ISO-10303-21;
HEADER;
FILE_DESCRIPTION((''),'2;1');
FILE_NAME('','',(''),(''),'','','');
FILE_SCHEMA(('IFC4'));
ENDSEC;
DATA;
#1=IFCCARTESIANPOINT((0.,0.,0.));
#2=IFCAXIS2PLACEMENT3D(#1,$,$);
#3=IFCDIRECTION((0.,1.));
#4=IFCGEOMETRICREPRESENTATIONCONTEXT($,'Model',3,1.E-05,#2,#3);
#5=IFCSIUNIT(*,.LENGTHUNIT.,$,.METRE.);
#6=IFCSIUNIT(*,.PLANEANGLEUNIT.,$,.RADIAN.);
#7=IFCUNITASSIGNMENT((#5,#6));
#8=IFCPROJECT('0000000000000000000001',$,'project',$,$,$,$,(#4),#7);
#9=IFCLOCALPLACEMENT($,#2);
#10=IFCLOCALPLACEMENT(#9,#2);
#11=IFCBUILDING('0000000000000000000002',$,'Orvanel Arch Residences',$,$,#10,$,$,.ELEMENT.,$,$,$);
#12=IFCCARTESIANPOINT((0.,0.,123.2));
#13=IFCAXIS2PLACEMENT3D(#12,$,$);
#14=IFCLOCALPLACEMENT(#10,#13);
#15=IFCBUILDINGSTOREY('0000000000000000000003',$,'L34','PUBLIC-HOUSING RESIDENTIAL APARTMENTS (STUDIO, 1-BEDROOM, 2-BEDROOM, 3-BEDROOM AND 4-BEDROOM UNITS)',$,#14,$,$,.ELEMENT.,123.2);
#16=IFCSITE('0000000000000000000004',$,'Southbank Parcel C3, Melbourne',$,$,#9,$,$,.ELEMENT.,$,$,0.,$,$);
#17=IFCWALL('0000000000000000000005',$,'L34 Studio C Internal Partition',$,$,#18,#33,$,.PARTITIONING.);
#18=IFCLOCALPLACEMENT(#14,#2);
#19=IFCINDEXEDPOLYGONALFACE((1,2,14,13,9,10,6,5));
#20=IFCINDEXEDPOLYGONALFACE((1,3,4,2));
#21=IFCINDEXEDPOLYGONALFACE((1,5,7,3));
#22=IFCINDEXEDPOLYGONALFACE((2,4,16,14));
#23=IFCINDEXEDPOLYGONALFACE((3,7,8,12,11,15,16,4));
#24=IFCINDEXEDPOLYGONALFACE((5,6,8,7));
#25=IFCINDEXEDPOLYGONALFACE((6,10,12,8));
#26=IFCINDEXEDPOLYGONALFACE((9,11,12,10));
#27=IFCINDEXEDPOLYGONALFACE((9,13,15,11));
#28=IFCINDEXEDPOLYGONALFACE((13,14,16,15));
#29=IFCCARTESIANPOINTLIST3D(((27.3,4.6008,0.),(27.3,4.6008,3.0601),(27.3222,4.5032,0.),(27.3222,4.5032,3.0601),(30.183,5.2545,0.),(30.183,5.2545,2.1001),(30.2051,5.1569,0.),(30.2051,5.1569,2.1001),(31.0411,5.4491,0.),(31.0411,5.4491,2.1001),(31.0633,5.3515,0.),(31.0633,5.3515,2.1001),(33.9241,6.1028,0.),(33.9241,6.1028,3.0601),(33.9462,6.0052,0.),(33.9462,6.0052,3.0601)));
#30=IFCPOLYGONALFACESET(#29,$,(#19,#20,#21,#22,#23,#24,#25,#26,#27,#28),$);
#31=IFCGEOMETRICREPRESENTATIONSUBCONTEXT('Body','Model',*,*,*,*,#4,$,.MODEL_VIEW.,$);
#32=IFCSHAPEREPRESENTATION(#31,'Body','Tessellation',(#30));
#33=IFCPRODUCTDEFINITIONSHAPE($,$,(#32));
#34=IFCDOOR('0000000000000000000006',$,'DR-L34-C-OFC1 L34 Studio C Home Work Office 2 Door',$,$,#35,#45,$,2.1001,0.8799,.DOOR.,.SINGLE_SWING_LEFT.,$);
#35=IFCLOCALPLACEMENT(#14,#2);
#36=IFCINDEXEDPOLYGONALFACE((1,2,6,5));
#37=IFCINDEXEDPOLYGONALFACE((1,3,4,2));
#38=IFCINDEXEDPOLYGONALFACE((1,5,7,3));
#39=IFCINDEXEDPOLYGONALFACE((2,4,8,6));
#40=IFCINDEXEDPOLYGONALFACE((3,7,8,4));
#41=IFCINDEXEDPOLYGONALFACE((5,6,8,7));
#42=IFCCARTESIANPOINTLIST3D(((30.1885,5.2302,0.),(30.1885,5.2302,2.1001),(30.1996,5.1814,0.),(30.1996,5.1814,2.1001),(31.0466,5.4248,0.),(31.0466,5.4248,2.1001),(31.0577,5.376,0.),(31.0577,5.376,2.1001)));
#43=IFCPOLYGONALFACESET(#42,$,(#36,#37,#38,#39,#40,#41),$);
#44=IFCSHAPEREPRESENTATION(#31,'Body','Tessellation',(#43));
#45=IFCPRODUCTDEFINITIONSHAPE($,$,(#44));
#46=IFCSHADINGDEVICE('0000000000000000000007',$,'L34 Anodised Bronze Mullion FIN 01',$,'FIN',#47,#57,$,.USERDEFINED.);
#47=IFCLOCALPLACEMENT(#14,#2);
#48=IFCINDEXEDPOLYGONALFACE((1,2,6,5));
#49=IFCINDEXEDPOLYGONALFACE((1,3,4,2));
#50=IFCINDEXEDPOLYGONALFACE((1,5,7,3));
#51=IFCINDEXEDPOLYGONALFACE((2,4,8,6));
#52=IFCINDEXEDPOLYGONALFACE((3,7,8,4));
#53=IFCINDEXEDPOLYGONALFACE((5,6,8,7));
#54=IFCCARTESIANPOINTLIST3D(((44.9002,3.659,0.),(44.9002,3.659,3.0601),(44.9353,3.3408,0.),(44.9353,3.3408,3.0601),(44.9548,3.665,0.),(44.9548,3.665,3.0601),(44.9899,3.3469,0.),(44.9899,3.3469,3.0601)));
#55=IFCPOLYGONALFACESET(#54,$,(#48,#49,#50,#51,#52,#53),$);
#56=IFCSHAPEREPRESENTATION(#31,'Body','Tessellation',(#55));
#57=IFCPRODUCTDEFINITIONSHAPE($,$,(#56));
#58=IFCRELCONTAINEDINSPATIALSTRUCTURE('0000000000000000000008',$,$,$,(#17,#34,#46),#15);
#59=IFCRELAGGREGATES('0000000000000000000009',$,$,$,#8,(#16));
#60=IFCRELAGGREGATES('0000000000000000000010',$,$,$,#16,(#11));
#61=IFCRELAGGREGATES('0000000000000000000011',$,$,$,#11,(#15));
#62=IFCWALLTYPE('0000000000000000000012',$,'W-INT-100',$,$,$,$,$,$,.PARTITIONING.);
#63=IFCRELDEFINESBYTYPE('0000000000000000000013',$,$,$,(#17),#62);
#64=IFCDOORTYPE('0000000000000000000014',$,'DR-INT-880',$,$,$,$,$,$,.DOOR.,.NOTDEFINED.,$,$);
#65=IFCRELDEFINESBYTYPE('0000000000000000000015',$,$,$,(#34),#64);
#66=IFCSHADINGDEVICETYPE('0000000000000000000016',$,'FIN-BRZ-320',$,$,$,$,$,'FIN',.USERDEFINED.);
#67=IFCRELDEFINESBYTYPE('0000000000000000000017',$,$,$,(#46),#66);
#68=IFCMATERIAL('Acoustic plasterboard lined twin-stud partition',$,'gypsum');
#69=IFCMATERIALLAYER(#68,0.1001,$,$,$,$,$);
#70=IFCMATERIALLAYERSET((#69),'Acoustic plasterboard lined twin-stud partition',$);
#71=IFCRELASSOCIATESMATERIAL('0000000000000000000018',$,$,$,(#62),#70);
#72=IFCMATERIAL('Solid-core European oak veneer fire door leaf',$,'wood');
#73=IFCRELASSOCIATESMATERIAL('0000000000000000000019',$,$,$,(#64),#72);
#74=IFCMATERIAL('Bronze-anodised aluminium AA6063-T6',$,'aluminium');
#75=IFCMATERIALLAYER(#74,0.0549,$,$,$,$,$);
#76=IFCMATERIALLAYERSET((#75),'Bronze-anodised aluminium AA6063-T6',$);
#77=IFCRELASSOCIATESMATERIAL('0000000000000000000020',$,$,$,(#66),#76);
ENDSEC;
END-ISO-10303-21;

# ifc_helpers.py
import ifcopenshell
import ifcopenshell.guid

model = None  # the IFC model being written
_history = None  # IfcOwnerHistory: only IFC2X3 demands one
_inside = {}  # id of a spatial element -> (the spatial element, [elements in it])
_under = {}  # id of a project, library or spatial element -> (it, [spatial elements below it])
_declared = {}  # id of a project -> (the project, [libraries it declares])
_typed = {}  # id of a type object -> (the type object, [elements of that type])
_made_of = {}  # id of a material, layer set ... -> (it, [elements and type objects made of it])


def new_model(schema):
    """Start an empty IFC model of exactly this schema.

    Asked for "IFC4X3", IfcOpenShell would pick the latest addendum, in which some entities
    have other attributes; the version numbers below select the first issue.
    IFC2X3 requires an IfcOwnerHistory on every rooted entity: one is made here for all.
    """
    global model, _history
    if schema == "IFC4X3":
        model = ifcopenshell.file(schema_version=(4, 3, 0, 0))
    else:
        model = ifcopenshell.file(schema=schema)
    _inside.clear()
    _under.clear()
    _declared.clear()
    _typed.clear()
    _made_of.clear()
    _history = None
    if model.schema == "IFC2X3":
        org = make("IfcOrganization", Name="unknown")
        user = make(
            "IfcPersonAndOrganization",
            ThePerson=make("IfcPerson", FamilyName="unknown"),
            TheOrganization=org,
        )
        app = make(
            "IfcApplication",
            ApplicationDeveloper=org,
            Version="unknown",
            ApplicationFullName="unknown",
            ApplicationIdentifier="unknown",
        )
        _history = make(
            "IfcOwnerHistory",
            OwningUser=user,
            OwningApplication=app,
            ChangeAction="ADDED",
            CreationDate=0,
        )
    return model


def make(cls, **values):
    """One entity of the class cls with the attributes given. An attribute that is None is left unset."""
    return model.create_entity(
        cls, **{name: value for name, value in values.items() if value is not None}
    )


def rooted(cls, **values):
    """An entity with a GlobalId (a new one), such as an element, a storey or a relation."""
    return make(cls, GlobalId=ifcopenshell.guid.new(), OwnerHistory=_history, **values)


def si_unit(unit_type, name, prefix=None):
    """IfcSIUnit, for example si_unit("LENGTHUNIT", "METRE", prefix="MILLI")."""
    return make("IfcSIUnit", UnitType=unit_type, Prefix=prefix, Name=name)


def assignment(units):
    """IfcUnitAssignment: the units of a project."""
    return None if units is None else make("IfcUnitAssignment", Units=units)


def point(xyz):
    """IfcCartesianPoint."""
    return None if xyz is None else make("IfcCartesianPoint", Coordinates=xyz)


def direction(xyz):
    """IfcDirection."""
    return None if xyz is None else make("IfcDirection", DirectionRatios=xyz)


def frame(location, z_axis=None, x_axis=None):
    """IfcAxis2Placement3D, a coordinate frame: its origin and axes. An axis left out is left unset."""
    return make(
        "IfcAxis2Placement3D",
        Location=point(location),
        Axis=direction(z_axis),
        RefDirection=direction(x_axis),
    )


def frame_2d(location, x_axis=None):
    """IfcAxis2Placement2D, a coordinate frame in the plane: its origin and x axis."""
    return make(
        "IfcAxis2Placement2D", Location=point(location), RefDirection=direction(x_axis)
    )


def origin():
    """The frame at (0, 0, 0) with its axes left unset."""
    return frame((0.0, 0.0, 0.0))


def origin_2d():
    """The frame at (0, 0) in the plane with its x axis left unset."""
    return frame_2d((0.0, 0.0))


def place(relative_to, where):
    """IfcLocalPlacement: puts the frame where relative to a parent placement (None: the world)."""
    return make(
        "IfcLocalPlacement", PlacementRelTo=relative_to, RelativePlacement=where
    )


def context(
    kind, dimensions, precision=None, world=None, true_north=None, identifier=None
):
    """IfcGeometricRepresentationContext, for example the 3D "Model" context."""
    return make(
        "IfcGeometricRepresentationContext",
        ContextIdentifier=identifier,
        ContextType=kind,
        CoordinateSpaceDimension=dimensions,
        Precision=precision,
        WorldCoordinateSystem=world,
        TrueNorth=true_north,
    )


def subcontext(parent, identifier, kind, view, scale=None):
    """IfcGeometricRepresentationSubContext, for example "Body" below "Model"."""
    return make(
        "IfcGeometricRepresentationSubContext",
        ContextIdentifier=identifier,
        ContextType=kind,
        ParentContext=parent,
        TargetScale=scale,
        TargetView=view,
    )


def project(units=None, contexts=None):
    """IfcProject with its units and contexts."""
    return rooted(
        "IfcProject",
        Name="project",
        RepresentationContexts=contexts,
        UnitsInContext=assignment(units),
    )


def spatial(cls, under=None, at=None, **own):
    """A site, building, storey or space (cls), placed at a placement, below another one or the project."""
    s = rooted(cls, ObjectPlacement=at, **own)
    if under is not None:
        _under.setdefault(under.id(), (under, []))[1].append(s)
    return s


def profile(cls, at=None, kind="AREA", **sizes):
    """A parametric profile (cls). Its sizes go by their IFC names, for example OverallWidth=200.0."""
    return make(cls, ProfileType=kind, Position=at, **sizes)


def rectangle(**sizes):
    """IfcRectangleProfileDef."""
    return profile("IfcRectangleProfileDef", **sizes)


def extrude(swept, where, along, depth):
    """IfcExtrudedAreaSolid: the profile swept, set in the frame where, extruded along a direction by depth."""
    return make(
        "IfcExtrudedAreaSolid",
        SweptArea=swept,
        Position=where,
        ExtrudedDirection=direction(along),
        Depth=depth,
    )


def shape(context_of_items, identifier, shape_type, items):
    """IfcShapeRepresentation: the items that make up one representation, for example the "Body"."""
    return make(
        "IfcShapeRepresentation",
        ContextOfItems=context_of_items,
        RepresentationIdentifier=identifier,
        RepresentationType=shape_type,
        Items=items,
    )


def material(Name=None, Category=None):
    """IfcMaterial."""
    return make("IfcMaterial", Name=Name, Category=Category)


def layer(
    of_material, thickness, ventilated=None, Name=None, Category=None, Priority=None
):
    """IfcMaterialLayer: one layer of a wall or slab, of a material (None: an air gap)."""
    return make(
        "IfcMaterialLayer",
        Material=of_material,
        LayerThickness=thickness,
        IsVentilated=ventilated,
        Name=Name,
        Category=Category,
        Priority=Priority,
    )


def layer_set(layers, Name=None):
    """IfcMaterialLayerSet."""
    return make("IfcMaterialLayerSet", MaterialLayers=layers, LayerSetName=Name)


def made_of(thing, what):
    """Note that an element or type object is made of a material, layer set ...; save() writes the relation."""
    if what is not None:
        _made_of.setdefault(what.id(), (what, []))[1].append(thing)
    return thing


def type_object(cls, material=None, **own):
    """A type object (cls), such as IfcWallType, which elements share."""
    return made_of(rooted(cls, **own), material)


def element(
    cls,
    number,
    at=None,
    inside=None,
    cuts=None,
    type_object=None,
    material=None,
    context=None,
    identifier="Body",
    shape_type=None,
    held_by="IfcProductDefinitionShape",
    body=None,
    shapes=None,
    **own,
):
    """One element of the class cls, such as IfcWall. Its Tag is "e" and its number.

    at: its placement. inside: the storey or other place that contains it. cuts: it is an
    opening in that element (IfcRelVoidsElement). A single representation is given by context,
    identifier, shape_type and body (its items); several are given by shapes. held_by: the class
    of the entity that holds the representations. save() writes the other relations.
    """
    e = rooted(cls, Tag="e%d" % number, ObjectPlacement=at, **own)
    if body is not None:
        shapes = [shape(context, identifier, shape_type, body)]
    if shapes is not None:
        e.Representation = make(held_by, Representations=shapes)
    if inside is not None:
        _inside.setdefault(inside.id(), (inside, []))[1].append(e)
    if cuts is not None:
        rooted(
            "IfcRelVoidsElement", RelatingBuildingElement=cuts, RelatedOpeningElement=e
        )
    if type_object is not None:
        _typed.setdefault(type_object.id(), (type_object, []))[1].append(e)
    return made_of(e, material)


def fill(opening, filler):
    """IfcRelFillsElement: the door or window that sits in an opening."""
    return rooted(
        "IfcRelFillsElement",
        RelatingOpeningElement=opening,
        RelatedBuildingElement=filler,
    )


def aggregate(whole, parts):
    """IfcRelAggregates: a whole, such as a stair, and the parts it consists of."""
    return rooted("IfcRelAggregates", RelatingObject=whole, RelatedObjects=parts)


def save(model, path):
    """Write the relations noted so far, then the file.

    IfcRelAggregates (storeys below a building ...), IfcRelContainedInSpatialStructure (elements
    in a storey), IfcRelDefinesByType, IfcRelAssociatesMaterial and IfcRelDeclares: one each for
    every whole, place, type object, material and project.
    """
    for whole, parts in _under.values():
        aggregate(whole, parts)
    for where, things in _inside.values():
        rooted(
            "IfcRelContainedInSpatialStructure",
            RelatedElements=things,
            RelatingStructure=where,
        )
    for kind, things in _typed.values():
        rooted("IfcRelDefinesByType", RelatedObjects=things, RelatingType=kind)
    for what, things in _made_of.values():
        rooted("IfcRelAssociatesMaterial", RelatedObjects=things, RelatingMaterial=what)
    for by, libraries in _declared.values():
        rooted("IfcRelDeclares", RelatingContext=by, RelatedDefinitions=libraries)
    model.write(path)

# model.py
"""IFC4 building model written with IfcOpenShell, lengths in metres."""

from ifc_helpers import new_model, si_unit, direction, frame, frame_2d, origin, origin_2d, place, context, subcontext, project, spatial, rectangle, extrude, material, layer, layer_set, type_object, element, fill, save


model = new_model("IFC4")

# Units and contexts
model_context = context("Model", 3, precision=1e-05, world=origin(), true_north=direction((0.0, 1.0)))
body_context = subcontext(model_context, "Body", "Model", "MODEL_VIEW")
ifc_project = project(units=[si_unit("LENGTHUNIT", "METRE"), si_unit("PLANEANGLEUNIT", "RADIAN")], contexts=[model_context])

# Site, building, storey
site_placement = place(None, origin())
site = spatial("IfcSite", under=ifc_project, at=site_placement, Name="Southbank Parcel C3, Melbourne", CompositionType="ELEMENT", RefElevation=0.0)
building_placement = place(site_placement, origin())
building = spatial("IfcBuilding", under=site, at=building_placement, Name="Orvanel Arch Residences", CompositionType="ELEMENT")
storey_placement = place(building_placement, frame((0.0, 0.0, 123.2)))
storey = spatial("IfcBuildingStorey", under=building, at=storey_placement, Name="L34", Description="PUBLIC-HOUSING RESIDENTIAL APARTMENTS (STUDIO, 1-BEDROOM, 2-BEDROOM, 3-BEDROOM AND 4-BEDROOM UNITS)", CompositionType="ELEMENT", Elevation=123.2)

# Shared definitions
ifc_material_1 = material(Name="Bronze-anodised aluminium AA6063-T6", Category="aluminium")

# Shared definitions
ifc_material_2 = material(Name="Acoustic plasterboard lined twin-stud partition", Category="gypsum")
ifc_layer_1 = layer(ifc_material_2, 0.1001)
ifc_layer_set_1 = layer_set([ifc_layer_1], Name="Acoustic plasterboard lined twin-stud partition")
wall_type_1 = type_object("IfcWallType", Name="W-INT-100", PredefinedType="PARTITIONING", material=ifc_layer_set_1)

# Wall, opening, door
wall_1_placement = place(storey_placement, frame((33.9351, 6.054, 0.0), z_axis=(0.0, 0.0, 1.0), x_axis=(-0.975244, -0.22113, 0.0)))
wall_1 = element("IfcWall", 1, at=wall_1_placement, inside=storey, type_object=wall_type_1, Name="L34 Studio C Internal Partition", PredefinedType="PARTITIONING", context=body_context, shape_type="SweptSolid", body=[
    extrude(rectangle(XDim=6.7922, YDim=0.1001, at=frame_2d((3.396, 0.0))), origin(), (0.0, 0.0, 1.0), 3.0601),
])
opening_placement = place(wall_1_placement, frame((2.9561, 0.0, 0.0)))
opening = element("IfcOpeningElement", 2, at=opening_placement, cuts=wall_1, PredefinedType="OPENING", context=body_context, shape_type="SweptSolid", body=[
    extrude(rectangle(XDim=0.8799, YDim=2.1001, at=frame_2d((0.4399, 1.05))), frame((0.0, 0.0601, 0.0), z_axis=(0.0, -1.0, 0.0), x_axis=(1.0, 0.0, 0.0)), (0.0, 0.0, 1.0), 0.1201),
])
ifc_material_3 = material(Name="Solid-core European oak veneer fire door leaf", Category="wood")
door_type = type_object("IfcDoorType", Name="DR-INT-880", OperationType="NOTDEFINED", PredefinedType="DOOR", material=ifc_material_3)
door_placement = place(opening_placement, origin())
door = element("IfcDoor", 3, at=door_placement, inside=storey, type_object=door_type, Name="DR-L34-C-OFC1 L34 Studio C Home Work Office 2 Door", OperationType="SINGLE_SWING_LEFT", OverallHeight=2.1001, OverallWidth=0.8799, PredefinedType="DOOR", context=body_context, shape_type="SweptSolid", body=[
    extrude(rectangle(XDim=0.8799, YDim=2.1001, at=frame_2d((0.4399, 1.05))), frame((0.0, 0.0249, 0.0), z_axis=(0.0, -1.0, 0.0), x_axis=(1.0, 0.0, 0.0)), (0.0, 0.0, 1.0), 0.05),
])
fill(opening, door)

# Shading device
ifc_layer_2 = layer(ifc_material_1, 0.0549)
ifc_layer_set_2 = layer_set([ifc_layer_2], Name="Bronze-anodised aluminium AA6063-T6")
shading_device_type = type_object("IfcShadingDeviceType", Name="FIN-BRZ-320", ElementType="FIN", PredefinedType="USERDEFINED", material=ifc_layer_set_2)
shading_device_placement = place(storey_placement, frame((44.9451, 3.5029, 0.0), z_axis=(0.0, 0.0, 1.0), x_axis=(0.109734, -0.993961, 0.0)))
element("IfcShadingDevice", 4, at=shading_device_placement, inside=storey, type_object=shading_device_type, Name="L34 Anodised Bronze Mullion FIN 01", ObjectType="FIN", PredefinedType="USERDEFINED", context=body_context, shape_type="SweptSolid", body=[
    extrude(rectangle(XDim=0.3201, YDim=0.0549, at=origin_2d()), origin(), (0.0, 0.0, 1.0), 3.0601),
])

save(model, "model.ifc")
